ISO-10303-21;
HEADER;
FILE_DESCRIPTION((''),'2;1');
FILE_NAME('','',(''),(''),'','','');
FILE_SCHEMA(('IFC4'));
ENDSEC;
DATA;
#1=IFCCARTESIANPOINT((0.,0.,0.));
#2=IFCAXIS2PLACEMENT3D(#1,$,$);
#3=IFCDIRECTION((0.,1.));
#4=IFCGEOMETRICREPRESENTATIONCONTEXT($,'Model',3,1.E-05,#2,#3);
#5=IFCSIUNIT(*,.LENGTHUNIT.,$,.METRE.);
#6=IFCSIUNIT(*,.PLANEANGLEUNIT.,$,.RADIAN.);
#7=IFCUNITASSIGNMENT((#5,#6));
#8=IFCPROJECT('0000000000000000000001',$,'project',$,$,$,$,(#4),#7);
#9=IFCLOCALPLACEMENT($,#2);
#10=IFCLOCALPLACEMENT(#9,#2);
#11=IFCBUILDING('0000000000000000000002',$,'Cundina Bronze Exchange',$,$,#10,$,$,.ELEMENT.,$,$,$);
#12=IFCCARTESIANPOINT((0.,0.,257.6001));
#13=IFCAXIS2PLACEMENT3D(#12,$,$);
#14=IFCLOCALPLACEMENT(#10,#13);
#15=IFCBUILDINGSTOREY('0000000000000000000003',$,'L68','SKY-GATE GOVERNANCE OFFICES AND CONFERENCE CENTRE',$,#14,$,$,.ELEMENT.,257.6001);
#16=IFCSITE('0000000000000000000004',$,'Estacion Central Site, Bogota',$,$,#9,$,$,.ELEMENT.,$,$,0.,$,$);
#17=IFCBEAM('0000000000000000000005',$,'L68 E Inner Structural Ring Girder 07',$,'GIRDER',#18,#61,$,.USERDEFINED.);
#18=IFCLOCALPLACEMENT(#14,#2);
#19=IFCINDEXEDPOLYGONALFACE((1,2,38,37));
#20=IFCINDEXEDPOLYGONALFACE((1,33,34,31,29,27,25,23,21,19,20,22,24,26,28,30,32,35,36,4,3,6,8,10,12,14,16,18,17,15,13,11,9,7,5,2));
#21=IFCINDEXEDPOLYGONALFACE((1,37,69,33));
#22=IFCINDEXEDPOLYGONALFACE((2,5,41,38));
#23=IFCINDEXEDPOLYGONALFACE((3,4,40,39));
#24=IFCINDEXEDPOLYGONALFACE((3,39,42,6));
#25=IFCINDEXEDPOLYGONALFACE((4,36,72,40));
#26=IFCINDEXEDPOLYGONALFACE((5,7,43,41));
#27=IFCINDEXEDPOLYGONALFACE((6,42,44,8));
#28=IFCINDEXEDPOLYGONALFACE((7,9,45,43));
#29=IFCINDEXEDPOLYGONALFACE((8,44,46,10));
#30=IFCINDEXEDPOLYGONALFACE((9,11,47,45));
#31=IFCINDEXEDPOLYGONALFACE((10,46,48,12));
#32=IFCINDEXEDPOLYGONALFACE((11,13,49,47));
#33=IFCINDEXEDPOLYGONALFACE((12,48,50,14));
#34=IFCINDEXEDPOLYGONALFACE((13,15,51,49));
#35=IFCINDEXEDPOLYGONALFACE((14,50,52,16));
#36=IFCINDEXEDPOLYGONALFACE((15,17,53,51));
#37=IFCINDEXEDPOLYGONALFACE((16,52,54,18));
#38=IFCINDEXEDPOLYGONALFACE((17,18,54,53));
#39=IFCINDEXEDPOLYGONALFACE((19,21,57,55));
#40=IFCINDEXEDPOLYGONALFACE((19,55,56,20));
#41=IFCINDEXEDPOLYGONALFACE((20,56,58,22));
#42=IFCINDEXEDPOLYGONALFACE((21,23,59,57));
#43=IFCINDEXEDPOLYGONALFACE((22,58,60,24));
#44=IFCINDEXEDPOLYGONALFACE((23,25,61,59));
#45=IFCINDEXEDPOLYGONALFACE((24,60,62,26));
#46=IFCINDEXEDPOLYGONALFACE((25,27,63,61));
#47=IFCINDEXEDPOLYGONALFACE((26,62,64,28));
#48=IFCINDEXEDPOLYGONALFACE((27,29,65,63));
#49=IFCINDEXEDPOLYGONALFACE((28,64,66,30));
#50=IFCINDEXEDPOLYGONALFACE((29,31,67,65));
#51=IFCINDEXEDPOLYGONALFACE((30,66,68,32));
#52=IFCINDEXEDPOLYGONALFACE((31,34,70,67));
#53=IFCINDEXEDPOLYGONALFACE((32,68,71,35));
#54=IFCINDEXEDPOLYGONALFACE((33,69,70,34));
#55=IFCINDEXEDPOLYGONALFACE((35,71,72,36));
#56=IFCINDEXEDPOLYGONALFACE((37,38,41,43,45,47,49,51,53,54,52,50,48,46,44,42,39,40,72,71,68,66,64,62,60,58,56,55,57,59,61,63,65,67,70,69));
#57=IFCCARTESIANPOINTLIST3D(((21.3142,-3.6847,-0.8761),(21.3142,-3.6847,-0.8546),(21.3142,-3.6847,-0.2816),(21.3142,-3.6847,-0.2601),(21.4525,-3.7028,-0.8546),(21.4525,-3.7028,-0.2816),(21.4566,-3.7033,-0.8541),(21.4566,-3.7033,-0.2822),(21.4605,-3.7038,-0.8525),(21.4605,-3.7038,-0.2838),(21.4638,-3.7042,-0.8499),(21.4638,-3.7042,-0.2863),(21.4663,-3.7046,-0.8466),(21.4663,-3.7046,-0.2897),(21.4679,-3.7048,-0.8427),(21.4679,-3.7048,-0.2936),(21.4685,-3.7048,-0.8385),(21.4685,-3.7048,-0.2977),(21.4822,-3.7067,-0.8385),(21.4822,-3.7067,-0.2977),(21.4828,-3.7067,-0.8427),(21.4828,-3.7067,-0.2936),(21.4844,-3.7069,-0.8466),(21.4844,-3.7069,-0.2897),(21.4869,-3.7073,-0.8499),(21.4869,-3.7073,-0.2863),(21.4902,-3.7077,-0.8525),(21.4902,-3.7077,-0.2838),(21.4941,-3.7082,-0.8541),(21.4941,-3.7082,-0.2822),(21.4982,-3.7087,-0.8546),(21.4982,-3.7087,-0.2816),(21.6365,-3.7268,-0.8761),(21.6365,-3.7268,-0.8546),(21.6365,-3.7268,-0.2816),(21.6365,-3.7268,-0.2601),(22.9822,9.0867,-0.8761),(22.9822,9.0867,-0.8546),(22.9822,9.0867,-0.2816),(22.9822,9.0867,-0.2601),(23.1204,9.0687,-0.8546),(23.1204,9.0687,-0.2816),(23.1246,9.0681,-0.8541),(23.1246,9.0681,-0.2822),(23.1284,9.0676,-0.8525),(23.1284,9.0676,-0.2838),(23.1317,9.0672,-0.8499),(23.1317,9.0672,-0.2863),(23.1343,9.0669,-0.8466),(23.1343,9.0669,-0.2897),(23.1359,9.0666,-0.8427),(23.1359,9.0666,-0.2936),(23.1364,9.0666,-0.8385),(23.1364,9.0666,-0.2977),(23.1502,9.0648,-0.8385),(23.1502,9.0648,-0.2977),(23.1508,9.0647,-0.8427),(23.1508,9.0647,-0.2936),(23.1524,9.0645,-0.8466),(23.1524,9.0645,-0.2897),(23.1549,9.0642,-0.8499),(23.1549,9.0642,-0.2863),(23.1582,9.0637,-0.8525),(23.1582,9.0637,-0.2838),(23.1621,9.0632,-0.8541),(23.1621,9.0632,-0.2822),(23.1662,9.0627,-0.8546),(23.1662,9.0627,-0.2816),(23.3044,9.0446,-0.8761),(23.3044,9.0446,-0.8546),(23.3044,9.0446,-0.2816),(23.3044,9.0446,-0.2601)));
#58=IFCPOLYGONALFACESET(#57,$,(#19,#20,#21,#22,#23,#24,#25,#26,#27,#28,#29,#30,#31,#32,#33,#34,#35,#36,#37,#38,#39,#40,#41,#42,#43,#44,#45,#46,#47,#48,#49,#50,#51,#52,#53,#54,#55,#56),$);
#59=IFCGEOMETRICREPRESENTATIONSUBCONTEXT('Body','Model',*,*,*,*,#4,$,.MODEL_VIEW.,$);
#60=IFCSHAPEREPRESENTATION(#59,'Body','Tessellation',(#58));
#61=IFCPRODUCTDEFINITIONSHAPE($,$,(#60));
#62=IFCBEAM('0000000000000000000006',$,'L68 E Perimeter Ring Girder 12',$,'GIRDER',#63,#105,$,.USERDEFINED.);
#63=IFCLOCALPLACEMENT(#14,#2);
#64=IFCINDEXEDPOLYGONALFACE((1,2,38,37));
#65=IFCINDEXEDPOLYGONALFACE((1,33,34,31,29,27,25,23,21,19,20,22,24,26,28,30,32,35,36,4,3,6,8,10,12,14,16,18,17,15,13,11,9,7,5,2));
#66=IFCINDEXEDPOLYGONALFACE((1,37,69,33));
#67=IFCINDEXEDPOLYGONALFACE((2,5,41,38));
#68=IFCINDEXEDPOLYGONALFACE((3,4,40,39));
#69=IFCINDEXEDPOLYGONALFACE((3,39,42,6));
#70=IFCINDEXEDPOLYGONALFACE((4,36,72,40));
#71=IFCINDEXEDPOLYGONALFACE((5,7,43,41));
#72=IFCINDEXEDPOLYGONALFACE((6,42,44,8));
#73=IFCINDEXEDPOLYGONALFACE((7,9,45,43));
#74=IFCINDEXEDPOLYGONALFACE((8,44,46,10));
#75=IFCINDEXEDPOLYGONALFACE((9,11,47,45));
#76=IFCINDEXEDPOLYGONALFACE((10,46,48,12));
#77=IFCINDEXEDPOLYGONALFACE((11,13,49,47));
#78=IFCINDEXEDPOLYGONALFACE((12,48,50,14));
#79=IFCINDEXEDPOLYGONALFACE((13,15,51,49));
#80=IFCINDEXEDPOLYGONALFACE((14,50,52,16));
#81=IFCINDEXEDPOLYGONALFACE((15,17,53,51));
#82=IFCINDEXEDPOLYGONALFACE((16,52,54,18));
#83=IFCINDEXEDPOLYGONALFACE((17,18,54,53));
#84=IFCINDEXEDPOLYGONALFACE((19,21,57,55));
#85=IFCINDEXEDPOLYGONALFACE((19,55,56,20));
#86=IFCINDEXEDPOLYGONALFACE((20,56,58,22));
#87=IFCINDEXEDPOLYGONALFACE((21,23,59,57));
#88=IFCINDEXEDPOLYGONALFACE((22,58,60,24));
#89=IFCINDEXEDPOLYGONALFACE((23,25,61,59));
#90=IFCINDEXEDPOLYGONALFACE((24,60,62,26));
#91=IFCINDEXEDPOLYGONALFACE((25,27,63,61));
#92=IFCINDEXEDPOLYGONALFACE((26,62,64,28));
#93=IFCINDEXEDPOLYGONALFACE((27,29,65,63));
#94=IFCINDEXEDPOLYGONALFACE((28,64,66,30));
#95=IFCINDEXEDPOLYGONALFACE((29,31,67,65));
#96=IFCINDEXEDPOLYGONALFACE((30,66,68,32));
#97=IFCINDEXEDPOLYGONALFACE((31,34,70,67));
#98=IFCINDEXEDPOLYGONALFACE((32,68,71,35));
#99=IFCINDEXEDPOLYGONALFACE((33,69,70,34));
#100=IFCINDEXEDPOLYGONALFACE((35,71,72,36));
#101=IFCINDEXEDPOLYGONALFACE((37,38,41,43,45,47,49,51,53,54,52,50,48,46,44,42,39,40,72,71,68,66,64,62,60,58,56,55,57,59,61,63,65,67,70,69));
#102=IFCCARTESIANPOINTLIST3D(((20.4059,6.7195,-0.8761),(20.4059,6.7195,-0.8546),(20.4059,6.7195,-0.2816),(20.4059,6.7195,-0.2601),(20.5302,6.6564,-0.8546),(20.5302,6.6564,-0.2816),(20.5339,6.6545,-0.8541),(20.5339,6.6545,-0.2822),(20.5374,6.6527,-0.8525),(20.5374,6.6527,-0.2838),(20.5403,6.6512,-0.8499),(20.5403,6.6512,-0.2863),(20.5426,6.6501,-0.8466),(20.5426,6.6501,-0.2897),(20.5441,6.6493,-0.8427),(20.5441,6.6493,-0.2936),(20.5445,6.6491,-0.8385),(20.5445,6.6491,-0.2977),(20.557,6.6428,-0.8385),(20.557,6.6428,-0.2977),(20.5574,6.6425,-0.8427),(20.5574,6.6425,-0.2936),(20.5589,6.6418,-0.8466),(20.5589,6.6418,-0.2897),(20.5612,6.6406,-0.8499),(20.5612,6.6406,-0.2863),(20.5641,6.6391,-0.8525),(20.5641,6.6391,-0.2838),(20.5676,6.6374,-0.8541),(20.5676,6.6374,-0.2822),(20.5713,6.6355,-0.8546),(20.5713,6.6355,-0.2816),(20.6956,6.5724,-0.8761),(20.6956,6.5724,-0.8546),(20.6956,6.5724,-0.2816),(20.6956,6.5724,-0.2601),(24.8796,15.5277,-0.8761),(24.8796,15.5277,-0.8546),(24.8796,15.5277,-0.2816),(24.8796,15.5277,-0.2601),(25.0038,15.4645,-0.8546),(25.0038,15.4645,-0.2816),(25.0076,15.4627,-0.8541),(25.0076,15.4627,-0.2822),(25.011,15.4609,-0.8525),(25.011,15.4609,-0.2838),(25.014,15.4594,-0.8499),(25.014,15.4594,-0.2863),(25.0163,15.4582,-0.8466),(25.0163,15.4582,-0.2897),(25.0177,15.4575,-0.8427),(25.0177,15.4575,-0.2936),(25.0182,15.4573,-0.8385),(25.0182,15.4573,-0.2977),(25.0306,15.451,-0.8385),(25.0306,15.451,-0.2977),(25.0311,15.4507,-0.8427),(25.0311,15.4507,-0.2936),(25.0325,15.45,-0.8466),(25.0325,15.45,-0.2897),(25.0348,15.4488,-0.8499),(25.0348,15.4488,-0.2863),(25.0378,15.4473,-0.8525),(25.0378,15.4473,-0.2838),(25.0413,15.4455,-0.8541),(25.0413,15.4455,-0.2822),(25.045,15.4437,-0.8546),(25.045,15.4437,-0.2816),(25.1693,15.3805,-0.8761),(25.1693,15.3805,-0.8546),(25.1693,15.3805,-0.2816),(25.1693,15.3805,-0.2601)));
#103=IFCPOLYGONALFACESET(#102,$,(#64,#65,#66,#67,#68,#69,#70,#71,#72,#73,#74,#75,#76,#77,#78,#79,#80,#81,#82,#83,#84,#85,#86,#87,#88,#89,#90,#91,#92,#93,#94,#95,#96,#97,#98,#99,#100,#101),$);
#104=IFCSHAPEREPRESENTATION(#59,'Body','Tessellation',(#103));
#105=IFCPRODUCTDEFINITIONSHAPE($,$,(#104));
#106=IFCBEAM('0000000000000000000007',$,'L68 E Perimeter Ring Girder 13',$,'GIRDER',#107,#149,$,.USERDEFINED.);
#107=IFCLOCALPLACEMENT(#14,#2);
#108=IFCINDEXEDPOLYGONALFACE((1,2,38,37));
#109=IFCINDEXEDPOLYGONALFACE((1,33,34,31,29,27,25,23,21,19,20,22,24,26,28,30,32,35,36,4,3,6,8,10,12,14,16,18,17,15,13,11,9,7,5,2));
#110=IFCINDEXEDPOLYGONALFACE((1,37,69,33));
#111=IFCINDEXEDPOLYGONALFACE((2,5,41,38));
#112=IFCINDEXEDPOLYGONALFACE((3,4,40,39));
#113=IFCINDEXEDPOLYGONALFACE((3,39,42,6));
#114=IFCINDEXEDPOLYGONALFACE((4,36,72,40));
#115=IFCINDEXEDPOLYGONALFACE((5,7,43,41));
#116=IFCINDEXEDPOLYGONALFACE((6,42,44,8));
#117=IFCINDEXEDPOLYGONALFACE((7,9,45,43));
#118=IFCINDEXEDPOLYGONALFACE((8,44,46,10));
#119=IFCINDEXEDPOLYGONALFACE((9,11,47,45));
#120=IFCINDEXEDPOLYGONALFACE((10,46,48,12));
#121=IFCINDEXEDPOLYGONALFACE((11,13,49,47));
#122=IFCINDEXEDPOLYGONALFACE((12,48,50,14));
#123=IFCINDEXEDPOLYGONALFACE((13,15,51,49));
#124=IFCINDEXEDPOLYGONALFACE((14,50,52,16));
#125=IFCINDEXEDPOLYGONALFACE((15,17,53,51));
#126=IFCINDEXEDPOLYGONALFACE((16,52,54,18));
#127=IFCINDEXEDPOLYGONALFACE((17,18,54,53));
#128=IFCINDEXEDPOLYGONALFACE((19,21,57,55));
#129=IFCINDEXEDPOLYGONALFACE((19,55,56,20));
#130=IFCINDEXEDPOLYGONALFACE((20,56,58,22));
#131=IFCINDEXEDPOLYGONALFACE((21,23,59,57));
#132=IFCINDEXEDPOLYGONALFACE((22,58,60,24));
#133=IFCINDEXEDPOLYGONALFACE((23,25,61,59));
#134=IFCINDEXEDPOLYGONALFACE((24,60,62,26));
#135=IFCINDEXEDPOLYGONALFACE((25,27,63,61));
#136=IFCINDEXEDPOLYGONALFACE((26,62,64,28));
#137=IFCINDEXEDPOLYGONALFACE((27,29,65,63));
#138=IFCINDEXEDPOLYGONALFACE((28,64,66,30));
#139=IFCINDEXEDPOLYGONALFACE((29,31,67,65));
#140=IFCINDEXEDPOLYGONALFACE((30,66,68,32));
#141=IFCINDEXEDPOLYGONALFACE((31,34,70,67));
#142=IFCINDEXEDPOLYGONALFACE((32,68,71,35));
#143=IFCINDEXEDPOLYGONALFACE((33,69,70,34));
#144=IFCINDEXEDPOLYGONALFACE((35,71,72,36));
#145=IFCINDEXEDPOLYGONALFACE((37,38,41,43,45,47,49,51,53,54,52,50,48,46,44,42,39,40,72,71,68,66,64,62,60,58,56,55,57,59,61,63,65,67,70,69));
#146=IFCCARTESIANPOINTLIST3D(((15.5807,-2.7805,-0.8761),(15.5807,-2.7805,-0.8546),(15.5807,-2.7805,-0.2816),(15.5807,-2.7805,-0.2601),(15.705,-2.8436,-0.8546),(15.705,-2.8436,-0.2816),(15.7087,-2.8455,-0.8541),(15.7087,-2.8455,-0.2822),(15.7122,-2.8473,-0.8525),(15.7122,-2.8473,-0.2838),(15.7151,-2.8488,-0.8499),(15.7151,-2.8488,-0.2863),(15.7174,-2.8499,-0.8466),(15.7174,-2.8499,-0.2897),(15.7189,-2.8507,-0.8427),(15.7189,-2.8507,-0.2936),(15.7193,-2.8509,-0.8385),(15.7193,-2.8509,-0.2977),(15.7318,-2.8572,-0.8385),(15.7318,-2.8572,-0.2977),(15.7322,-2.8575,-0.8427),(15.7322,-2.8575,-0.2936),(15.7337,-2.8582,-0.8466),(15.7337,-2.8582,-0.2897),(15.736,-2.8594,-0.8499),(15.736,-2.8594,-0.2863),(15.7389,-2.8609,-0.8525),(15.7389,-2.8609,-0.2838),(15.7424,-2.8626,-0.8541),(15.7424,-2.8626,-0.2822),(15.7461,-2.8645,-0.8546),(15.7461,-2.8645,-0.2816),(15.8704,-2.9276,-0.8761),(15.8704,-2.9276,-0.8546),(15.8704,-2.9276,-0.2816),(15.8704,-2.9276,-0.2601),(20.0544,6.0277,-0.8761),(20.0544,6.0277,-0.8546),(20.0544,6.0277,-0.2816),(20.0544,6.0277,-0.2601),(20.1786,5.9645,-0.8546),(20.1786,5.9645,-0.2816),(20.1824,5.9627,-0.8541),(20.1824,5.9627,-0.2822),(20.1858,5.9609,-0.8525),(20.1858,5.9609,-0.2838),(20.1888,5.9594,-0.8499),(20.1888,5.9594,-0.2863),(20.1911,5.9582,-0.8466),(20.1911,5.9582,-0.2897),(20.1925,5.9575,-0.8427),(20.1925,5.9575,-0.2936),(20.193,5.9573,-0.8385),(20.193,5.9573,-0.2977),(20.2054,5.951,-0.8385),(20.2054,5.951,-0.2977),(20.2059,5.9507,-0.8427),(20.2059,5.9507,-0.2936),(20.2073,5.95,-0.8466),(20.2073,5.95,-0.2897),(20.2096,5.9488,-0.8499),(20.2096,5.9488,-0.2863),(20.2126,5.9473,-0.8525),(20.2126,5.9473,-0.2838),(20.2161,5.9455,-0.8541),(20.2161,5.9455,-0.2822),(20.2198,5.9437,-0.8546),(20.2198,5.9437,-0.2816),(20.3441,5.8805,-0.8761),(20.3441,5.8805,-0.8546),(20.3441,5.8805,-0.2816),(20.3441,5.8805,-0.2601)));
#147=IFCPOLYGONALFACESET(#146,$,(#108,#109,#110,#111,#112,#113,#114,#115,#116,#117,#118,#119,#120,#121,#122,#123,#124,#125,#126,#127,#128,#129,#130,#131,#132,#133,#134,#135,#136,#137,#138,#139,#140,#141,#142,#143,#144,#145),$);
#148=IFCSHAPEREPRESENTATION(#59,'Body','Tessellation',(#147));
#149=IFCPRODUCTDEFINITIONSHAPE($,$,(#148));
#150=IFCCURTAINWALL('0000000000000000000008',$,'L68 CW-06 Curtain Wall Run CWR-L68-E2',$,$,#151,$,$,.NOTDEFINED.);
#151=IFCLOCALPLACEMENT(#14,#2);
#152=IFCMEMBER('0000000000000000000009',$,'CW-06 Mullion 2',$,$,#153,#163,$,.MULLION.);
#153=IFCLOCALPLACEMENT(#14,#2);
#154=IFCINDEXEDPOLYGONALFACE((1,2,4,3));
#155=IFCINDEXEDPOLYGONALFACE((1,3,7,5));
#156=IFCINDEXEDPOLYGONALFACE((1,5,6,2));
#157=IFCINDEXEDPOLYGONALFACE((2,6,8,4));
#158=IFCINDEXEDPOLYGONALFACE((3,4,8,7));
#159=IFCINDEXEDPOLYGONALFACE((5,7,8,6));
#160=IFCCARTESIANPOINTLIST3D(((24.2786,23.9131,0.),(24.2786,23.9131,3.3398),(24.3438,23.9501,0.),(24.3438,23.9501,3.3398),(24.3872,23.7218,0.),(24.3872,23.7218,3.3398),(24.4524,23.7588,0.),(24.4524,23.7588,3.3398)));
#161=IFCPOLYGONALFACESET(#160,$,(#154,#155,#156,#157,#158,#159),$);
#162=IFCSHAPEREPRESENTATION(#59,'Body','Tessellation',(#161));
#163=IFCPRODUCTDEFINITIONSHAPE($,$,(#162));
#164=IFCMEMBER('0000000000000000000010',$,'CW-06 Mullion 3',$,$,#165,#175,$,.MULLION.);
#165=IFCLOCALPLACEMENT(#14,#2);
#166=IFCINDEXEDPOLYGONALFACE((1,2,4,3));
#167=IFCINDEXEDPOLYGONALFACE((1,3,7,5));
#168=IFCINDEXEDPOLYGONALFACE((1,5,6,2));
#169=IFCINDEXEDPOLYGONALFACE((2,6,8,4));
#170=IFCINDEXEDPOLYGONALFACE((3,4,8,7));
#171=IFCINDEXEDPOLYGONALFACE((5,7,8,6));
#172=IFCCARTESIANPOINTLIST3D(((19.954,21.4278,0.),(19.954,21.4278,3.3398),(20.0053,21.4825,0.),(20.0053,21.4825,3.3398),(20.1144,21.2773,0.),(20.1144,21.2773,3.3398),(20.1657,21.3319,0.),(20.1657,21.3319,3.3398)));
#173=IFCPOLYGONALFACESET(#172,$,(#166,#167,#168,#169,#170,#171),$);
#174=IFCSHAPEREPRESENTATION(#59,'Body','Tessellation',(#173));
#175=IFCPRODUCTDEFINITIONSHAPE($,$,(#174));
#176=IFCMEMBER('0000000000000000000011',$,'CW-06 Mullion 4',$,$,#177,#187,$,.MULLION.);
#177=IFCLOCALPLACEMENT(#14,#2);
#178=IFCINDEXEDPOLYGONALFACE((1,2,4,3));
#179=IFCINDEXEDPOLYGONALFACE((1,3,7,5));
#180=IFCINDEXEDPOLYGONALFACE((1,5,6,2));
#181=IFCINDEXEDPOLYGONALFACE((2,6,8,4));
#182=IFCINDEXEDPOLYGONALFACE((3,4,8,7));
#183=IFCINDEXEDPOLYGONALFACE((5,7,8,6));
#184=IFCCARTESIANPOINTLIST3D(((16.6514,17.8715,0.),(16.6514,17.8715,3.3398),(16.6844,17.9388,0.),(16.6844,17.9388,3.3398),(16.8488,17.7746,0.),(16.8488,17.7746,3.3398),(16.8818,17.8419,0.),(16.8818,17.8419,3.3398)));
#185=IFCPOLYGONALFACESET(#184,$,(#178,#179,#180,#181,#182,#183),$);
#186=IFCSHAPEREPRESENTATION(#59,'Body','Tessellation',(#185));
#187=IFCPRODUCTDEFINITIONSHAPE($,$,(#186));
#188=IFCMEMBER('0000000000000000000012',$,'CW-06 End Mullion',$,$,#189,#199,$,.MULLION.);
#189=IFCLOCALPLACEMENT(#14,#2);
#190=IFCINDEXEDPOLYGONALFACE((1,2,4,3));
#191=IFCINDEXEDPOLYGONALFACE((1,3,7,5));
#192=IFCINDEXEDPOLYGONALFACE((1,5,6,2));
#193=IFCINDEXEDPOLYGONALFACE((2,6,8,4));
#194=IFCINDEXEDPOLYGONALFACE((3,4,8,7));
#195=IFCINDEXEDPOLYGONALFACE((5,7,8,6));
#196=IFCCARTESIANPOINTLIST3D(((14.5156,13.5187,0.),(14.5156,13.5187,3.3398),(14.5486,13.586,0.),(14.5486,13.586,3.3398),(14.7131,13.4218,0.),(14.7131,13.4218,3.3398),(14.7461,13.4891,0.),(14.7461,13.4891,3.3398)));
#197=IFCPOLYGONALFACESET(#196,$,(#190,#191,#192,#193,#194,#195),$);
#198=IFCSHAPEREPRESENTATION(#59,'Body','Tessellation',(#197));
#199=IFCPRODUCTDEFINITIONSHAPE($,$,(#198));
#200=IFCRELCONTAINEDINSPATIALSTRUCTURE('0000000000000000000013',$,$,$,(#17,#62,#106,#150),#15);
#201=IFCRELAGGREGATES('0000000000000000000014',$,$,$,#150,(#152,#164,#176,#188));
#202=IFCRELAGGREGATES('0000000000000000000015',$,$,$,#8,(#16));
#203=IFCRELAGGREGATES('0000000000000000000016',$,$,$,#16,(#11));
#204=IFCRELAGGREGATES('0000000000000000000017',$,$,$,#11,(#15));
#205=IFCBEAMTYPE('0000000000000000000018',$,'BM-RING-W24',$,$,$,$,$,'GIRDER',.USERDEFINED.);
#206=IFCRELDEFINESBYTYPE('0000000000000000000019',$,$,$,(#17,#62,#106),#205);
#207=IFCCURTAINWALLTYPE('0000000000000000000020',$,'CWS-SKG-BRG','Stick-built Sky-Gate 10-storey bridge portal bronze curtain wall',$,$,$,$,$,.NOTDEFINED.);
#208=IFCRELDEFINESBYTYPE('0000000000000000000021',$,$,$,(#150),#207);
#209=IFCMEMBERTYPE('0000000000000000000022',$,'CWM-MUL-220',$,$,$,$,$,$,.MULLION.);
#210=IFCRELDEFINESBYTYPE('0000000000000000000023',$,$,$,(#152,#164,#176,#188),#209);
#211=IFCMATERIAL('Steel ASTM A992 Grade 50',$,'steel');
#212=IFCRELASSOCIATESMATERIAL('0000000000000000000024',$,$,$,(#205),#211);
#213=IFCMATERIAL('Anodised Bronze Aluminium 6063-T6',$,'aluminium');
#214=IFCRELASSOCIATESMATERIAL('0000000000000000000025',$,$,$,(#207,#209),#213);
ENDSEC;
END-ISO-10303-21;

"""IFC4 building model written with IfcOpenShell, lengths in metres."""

from ifc_helpers import new_model, si_unit, direction, frame, origin, origin_2d, place, context, subcontext, project, spatial, rectangle, i_section, extrude, material, material_profile, profile_set, type_object, element, aggregate, save


model = new_model("IFC4")

# Units and contexts
model_context = context("Model", 3, precision=1e-05, world=origin(), true_north=direction((0.0, 1.0)))
body_context = subcontext(model_context, "Body", "Model", "MODEL_VIEW")
ifc_project = project(units=[si_unit("LENGTHUNIT", "METRE"), si_unit("PLANEANGLEUNIT", "RADIAN")], contexts=[model_context])

# Site, building, storey
site_placement = place(None, origin())
site = spatial("IfcSite", under=ifc_project, at=site_placement, Name="Estacion Central Site, Bogota", CompositionType="ELEMENT", RefElevation=0.0)
building_placement = place(site_placement, origin())
building = spatial("IfcBuilding", under=site, at=building_placement, Name="Cundina Bronze Exchange", CompositionType="ELEMENT")
storey_placement = place(building_placement, frame((0.0, 0.0, 257.6001)))
storey = spatial("IfcBuildingStorey", under=building, at=storey_placement, Name="L68", Description="SKY-GATE GOVERNANCE OFFICES AND CONFERENCE CENTRE", CompositionType="ELEMENT", Elevation=257.6001)

# Beams
ifc_material_1 = material(Name="Steel ASTM A992 Grade 50", Category="steel")
ifc_material_profile_1 = material_profile(ifc_material_1, i_section(OverallWidth=0.325, OverallDepth=0.616, WebThickness=0.0139, FlangeThickness=0.0215, FilletRadius=0.0161, at=origin_2d()), Name="W24X117", Category="steel")
ifc_profile_set_1 = profile_set([ifc_material_profile_1], Name="Steel ASTM A992 Grade 50")
beam_type_1 = type_object("IfcBeamType", Name="BM-RING-W24", ElementType="GIRDER", PredefinedType="USERDEFINED", material=ifc_profile_set_1)
beam_placement = place(storey_placement, frame((23.1433, 9.0657, -0.5681), z_axis=(-0.129501, -0.991579, 0.0), x_axis=(0.991579, -0.129501, 0.0)))
element("IfcBeam", 1, at=beam_placement, inside=storey, type_object=beam_type_1, Name="L68 E Inner Structural Ring Girder 07", ObjectType="GIRDER", PredefinedType="USERDEFINED", context=body_context, shape_type="SweptSolid", body=[
    extrude(i_section(OverallWidth=0.325, OverallDepth=0.616, WebThickness=0.0139, FlangeThickness=0.0215, FilletRadius=0.0161, at=origin_2d()), origin(), (0.0, 0.0, 1.0), 12.8799),
])
for number, where, z_axis, x_axis, name in (
    (2, (25.0244, 15.4541, -0.5681), (-0.452839, -0.891592, 0.0), (0.891592, -0.452839, 0.0), "L68 E Perimeter Ring Girder 12"),
    (3, (20.1992, 5.9541, -0.5681), (-0.452839, -0.891592, 0.0), (0.891592, -0.452839, 0.0), "L68 E Perimeter Ring Girder 13"),
):
    element("IfcBeam", number, at=place(storey_placement, frame(where, z_axis=z_axis, x_axis=x_axis)), inside=storey, type_object=beam_type_1, Name=name, ObjectType="GIRDER", PredefinedType="USERDEFINED", context=body_context, shape_type="SweptSolid", body=[
        extrude(i_section(OverallWidth=0.325, OverallDepth=0.616, WebThickness=0.0139, FlangeThickness=0.0215, FilletRadius=0.0161, at=origin_2d()), origin(), (0.0, 0.0, 1.0), 9.8792),
    ])

# Curtain wall, members
ifc_material_2 = material(Name="Anodised Bronze Aluminium 6063-T6", Category="aluminium")
curtain_wall_type = type_object("IfcCurtainWallType", Name="CWS-SKG-BRG", Description="Stick-built Sky-Gate 10-storey bridge portal bronze curtain wall", PredefinedType="NOTDEFINED", material=ifc_material_2)
curtain_wall_1_placement = place(storey_placement, origin())
curtain_wall_1 = element("IfcCurtainWall", 4, at=curtain_wall_1_placement, inside=storey, type_object=curtain_wall_type, Name="L68 CW-06 Curtain Wall Run CWR-L68-E2", PredefinedType="NOTDEFINED")
ifc_material_profile_2 = material_profile(ifc_material_2, rectangle(XDim=0.075, YDim=0.22, at=origin_2d()), Name="AL75X220", Category="aluminium")
ifc_profile_set_2 = profile_set([ifc_material_profile_2], Name="Anodised Bronze Aluminium 6063-T6")
member_type_1 = type_object("IfcMemberType", Name="CWM-MUL-220", PredefinedType="MULLION", material=ifc_profile_set_2)
member_1_placement = place(storey_placement, frame((24.3655, 23.8359, 0.0), z_axis=(0.0, 0.0, 1.0), x_axis=(-0.869581, -0.49379, 0.0)))
member_1 = element("IfcMember", 5, at=member_1_placement, type_object=member_type_1, Name="CW-06 Mullion 2", PredefinedType="MULLION", context=body_context, shape_type="SweptSolid", body=[
    extrude(rectangle(XDim=0.075, YDim=0.22, at=origin_2d()), origin(), (0.0, 0.0, 1.0), 3.3398),
])
member_2_placement = place(storey_placement, frame((20.0598, 21.3799, 0.0), z_axis=(0.0, 0.0, 1.0), x_axis=(-0.684293, -0.729208, 0.0)))
member_2 = element("IfcMember", 6, at=member_2_placement, type_object=member_type_1, Name="CW-06 Mullion 3", PredefinedType="MULLION", context=body_context, shape_type="SweptSolid", body=[
    extrude(rectangle(XDim=0.075, YDim=0.22, at=origin_2d()), origin(), (0.0, 0.0, 1.0), 3.3398),
])
member_3_placement = place(storey_placement, frame((16.7666, 17.8567, 0.0), z_axis=(0.0, 0.0, 1.0), x_axis=(-0.440566, -0.89772, 0.0)))
member_3 = element("IfcMember", 7, at=member_3_placement, type_object=member_type_1, Name="CW-06 Mullion 4", PredefinedType="MULLION", context=body_context, shape_type="SweptSolid", body=[
    extrude(rectangle(XDim=0.075, YDim=0.22, at=origin_2d()), origin(), (0.0, 0.0, 1.0), 3.3398),
])
member_4_placement = place(storey_placement, frame((14.6309, 13.5039, 0.0), z_axis=(0.0, 0.0, 1.0), x_axis=(-0.440566, -0.89772, 0.0)))
member_4 = element("IfcMember", 8, at=member_4_placement, type_object=member_type_1, Name="CW-06 End Mullion", PredefinedType="MULLION", context=body_context, shape_type="SweptSolid", body=[
    extrude(rectangle(XDim=0.075, YDim=0.22, at=origin_2d()), origin(), (0.0, 0.0, 1.0), 3.3398),
])

aggregate(curtain_wall_1, [member_1, member_2, member_3, member_4])

save(model, "model.ifc")
